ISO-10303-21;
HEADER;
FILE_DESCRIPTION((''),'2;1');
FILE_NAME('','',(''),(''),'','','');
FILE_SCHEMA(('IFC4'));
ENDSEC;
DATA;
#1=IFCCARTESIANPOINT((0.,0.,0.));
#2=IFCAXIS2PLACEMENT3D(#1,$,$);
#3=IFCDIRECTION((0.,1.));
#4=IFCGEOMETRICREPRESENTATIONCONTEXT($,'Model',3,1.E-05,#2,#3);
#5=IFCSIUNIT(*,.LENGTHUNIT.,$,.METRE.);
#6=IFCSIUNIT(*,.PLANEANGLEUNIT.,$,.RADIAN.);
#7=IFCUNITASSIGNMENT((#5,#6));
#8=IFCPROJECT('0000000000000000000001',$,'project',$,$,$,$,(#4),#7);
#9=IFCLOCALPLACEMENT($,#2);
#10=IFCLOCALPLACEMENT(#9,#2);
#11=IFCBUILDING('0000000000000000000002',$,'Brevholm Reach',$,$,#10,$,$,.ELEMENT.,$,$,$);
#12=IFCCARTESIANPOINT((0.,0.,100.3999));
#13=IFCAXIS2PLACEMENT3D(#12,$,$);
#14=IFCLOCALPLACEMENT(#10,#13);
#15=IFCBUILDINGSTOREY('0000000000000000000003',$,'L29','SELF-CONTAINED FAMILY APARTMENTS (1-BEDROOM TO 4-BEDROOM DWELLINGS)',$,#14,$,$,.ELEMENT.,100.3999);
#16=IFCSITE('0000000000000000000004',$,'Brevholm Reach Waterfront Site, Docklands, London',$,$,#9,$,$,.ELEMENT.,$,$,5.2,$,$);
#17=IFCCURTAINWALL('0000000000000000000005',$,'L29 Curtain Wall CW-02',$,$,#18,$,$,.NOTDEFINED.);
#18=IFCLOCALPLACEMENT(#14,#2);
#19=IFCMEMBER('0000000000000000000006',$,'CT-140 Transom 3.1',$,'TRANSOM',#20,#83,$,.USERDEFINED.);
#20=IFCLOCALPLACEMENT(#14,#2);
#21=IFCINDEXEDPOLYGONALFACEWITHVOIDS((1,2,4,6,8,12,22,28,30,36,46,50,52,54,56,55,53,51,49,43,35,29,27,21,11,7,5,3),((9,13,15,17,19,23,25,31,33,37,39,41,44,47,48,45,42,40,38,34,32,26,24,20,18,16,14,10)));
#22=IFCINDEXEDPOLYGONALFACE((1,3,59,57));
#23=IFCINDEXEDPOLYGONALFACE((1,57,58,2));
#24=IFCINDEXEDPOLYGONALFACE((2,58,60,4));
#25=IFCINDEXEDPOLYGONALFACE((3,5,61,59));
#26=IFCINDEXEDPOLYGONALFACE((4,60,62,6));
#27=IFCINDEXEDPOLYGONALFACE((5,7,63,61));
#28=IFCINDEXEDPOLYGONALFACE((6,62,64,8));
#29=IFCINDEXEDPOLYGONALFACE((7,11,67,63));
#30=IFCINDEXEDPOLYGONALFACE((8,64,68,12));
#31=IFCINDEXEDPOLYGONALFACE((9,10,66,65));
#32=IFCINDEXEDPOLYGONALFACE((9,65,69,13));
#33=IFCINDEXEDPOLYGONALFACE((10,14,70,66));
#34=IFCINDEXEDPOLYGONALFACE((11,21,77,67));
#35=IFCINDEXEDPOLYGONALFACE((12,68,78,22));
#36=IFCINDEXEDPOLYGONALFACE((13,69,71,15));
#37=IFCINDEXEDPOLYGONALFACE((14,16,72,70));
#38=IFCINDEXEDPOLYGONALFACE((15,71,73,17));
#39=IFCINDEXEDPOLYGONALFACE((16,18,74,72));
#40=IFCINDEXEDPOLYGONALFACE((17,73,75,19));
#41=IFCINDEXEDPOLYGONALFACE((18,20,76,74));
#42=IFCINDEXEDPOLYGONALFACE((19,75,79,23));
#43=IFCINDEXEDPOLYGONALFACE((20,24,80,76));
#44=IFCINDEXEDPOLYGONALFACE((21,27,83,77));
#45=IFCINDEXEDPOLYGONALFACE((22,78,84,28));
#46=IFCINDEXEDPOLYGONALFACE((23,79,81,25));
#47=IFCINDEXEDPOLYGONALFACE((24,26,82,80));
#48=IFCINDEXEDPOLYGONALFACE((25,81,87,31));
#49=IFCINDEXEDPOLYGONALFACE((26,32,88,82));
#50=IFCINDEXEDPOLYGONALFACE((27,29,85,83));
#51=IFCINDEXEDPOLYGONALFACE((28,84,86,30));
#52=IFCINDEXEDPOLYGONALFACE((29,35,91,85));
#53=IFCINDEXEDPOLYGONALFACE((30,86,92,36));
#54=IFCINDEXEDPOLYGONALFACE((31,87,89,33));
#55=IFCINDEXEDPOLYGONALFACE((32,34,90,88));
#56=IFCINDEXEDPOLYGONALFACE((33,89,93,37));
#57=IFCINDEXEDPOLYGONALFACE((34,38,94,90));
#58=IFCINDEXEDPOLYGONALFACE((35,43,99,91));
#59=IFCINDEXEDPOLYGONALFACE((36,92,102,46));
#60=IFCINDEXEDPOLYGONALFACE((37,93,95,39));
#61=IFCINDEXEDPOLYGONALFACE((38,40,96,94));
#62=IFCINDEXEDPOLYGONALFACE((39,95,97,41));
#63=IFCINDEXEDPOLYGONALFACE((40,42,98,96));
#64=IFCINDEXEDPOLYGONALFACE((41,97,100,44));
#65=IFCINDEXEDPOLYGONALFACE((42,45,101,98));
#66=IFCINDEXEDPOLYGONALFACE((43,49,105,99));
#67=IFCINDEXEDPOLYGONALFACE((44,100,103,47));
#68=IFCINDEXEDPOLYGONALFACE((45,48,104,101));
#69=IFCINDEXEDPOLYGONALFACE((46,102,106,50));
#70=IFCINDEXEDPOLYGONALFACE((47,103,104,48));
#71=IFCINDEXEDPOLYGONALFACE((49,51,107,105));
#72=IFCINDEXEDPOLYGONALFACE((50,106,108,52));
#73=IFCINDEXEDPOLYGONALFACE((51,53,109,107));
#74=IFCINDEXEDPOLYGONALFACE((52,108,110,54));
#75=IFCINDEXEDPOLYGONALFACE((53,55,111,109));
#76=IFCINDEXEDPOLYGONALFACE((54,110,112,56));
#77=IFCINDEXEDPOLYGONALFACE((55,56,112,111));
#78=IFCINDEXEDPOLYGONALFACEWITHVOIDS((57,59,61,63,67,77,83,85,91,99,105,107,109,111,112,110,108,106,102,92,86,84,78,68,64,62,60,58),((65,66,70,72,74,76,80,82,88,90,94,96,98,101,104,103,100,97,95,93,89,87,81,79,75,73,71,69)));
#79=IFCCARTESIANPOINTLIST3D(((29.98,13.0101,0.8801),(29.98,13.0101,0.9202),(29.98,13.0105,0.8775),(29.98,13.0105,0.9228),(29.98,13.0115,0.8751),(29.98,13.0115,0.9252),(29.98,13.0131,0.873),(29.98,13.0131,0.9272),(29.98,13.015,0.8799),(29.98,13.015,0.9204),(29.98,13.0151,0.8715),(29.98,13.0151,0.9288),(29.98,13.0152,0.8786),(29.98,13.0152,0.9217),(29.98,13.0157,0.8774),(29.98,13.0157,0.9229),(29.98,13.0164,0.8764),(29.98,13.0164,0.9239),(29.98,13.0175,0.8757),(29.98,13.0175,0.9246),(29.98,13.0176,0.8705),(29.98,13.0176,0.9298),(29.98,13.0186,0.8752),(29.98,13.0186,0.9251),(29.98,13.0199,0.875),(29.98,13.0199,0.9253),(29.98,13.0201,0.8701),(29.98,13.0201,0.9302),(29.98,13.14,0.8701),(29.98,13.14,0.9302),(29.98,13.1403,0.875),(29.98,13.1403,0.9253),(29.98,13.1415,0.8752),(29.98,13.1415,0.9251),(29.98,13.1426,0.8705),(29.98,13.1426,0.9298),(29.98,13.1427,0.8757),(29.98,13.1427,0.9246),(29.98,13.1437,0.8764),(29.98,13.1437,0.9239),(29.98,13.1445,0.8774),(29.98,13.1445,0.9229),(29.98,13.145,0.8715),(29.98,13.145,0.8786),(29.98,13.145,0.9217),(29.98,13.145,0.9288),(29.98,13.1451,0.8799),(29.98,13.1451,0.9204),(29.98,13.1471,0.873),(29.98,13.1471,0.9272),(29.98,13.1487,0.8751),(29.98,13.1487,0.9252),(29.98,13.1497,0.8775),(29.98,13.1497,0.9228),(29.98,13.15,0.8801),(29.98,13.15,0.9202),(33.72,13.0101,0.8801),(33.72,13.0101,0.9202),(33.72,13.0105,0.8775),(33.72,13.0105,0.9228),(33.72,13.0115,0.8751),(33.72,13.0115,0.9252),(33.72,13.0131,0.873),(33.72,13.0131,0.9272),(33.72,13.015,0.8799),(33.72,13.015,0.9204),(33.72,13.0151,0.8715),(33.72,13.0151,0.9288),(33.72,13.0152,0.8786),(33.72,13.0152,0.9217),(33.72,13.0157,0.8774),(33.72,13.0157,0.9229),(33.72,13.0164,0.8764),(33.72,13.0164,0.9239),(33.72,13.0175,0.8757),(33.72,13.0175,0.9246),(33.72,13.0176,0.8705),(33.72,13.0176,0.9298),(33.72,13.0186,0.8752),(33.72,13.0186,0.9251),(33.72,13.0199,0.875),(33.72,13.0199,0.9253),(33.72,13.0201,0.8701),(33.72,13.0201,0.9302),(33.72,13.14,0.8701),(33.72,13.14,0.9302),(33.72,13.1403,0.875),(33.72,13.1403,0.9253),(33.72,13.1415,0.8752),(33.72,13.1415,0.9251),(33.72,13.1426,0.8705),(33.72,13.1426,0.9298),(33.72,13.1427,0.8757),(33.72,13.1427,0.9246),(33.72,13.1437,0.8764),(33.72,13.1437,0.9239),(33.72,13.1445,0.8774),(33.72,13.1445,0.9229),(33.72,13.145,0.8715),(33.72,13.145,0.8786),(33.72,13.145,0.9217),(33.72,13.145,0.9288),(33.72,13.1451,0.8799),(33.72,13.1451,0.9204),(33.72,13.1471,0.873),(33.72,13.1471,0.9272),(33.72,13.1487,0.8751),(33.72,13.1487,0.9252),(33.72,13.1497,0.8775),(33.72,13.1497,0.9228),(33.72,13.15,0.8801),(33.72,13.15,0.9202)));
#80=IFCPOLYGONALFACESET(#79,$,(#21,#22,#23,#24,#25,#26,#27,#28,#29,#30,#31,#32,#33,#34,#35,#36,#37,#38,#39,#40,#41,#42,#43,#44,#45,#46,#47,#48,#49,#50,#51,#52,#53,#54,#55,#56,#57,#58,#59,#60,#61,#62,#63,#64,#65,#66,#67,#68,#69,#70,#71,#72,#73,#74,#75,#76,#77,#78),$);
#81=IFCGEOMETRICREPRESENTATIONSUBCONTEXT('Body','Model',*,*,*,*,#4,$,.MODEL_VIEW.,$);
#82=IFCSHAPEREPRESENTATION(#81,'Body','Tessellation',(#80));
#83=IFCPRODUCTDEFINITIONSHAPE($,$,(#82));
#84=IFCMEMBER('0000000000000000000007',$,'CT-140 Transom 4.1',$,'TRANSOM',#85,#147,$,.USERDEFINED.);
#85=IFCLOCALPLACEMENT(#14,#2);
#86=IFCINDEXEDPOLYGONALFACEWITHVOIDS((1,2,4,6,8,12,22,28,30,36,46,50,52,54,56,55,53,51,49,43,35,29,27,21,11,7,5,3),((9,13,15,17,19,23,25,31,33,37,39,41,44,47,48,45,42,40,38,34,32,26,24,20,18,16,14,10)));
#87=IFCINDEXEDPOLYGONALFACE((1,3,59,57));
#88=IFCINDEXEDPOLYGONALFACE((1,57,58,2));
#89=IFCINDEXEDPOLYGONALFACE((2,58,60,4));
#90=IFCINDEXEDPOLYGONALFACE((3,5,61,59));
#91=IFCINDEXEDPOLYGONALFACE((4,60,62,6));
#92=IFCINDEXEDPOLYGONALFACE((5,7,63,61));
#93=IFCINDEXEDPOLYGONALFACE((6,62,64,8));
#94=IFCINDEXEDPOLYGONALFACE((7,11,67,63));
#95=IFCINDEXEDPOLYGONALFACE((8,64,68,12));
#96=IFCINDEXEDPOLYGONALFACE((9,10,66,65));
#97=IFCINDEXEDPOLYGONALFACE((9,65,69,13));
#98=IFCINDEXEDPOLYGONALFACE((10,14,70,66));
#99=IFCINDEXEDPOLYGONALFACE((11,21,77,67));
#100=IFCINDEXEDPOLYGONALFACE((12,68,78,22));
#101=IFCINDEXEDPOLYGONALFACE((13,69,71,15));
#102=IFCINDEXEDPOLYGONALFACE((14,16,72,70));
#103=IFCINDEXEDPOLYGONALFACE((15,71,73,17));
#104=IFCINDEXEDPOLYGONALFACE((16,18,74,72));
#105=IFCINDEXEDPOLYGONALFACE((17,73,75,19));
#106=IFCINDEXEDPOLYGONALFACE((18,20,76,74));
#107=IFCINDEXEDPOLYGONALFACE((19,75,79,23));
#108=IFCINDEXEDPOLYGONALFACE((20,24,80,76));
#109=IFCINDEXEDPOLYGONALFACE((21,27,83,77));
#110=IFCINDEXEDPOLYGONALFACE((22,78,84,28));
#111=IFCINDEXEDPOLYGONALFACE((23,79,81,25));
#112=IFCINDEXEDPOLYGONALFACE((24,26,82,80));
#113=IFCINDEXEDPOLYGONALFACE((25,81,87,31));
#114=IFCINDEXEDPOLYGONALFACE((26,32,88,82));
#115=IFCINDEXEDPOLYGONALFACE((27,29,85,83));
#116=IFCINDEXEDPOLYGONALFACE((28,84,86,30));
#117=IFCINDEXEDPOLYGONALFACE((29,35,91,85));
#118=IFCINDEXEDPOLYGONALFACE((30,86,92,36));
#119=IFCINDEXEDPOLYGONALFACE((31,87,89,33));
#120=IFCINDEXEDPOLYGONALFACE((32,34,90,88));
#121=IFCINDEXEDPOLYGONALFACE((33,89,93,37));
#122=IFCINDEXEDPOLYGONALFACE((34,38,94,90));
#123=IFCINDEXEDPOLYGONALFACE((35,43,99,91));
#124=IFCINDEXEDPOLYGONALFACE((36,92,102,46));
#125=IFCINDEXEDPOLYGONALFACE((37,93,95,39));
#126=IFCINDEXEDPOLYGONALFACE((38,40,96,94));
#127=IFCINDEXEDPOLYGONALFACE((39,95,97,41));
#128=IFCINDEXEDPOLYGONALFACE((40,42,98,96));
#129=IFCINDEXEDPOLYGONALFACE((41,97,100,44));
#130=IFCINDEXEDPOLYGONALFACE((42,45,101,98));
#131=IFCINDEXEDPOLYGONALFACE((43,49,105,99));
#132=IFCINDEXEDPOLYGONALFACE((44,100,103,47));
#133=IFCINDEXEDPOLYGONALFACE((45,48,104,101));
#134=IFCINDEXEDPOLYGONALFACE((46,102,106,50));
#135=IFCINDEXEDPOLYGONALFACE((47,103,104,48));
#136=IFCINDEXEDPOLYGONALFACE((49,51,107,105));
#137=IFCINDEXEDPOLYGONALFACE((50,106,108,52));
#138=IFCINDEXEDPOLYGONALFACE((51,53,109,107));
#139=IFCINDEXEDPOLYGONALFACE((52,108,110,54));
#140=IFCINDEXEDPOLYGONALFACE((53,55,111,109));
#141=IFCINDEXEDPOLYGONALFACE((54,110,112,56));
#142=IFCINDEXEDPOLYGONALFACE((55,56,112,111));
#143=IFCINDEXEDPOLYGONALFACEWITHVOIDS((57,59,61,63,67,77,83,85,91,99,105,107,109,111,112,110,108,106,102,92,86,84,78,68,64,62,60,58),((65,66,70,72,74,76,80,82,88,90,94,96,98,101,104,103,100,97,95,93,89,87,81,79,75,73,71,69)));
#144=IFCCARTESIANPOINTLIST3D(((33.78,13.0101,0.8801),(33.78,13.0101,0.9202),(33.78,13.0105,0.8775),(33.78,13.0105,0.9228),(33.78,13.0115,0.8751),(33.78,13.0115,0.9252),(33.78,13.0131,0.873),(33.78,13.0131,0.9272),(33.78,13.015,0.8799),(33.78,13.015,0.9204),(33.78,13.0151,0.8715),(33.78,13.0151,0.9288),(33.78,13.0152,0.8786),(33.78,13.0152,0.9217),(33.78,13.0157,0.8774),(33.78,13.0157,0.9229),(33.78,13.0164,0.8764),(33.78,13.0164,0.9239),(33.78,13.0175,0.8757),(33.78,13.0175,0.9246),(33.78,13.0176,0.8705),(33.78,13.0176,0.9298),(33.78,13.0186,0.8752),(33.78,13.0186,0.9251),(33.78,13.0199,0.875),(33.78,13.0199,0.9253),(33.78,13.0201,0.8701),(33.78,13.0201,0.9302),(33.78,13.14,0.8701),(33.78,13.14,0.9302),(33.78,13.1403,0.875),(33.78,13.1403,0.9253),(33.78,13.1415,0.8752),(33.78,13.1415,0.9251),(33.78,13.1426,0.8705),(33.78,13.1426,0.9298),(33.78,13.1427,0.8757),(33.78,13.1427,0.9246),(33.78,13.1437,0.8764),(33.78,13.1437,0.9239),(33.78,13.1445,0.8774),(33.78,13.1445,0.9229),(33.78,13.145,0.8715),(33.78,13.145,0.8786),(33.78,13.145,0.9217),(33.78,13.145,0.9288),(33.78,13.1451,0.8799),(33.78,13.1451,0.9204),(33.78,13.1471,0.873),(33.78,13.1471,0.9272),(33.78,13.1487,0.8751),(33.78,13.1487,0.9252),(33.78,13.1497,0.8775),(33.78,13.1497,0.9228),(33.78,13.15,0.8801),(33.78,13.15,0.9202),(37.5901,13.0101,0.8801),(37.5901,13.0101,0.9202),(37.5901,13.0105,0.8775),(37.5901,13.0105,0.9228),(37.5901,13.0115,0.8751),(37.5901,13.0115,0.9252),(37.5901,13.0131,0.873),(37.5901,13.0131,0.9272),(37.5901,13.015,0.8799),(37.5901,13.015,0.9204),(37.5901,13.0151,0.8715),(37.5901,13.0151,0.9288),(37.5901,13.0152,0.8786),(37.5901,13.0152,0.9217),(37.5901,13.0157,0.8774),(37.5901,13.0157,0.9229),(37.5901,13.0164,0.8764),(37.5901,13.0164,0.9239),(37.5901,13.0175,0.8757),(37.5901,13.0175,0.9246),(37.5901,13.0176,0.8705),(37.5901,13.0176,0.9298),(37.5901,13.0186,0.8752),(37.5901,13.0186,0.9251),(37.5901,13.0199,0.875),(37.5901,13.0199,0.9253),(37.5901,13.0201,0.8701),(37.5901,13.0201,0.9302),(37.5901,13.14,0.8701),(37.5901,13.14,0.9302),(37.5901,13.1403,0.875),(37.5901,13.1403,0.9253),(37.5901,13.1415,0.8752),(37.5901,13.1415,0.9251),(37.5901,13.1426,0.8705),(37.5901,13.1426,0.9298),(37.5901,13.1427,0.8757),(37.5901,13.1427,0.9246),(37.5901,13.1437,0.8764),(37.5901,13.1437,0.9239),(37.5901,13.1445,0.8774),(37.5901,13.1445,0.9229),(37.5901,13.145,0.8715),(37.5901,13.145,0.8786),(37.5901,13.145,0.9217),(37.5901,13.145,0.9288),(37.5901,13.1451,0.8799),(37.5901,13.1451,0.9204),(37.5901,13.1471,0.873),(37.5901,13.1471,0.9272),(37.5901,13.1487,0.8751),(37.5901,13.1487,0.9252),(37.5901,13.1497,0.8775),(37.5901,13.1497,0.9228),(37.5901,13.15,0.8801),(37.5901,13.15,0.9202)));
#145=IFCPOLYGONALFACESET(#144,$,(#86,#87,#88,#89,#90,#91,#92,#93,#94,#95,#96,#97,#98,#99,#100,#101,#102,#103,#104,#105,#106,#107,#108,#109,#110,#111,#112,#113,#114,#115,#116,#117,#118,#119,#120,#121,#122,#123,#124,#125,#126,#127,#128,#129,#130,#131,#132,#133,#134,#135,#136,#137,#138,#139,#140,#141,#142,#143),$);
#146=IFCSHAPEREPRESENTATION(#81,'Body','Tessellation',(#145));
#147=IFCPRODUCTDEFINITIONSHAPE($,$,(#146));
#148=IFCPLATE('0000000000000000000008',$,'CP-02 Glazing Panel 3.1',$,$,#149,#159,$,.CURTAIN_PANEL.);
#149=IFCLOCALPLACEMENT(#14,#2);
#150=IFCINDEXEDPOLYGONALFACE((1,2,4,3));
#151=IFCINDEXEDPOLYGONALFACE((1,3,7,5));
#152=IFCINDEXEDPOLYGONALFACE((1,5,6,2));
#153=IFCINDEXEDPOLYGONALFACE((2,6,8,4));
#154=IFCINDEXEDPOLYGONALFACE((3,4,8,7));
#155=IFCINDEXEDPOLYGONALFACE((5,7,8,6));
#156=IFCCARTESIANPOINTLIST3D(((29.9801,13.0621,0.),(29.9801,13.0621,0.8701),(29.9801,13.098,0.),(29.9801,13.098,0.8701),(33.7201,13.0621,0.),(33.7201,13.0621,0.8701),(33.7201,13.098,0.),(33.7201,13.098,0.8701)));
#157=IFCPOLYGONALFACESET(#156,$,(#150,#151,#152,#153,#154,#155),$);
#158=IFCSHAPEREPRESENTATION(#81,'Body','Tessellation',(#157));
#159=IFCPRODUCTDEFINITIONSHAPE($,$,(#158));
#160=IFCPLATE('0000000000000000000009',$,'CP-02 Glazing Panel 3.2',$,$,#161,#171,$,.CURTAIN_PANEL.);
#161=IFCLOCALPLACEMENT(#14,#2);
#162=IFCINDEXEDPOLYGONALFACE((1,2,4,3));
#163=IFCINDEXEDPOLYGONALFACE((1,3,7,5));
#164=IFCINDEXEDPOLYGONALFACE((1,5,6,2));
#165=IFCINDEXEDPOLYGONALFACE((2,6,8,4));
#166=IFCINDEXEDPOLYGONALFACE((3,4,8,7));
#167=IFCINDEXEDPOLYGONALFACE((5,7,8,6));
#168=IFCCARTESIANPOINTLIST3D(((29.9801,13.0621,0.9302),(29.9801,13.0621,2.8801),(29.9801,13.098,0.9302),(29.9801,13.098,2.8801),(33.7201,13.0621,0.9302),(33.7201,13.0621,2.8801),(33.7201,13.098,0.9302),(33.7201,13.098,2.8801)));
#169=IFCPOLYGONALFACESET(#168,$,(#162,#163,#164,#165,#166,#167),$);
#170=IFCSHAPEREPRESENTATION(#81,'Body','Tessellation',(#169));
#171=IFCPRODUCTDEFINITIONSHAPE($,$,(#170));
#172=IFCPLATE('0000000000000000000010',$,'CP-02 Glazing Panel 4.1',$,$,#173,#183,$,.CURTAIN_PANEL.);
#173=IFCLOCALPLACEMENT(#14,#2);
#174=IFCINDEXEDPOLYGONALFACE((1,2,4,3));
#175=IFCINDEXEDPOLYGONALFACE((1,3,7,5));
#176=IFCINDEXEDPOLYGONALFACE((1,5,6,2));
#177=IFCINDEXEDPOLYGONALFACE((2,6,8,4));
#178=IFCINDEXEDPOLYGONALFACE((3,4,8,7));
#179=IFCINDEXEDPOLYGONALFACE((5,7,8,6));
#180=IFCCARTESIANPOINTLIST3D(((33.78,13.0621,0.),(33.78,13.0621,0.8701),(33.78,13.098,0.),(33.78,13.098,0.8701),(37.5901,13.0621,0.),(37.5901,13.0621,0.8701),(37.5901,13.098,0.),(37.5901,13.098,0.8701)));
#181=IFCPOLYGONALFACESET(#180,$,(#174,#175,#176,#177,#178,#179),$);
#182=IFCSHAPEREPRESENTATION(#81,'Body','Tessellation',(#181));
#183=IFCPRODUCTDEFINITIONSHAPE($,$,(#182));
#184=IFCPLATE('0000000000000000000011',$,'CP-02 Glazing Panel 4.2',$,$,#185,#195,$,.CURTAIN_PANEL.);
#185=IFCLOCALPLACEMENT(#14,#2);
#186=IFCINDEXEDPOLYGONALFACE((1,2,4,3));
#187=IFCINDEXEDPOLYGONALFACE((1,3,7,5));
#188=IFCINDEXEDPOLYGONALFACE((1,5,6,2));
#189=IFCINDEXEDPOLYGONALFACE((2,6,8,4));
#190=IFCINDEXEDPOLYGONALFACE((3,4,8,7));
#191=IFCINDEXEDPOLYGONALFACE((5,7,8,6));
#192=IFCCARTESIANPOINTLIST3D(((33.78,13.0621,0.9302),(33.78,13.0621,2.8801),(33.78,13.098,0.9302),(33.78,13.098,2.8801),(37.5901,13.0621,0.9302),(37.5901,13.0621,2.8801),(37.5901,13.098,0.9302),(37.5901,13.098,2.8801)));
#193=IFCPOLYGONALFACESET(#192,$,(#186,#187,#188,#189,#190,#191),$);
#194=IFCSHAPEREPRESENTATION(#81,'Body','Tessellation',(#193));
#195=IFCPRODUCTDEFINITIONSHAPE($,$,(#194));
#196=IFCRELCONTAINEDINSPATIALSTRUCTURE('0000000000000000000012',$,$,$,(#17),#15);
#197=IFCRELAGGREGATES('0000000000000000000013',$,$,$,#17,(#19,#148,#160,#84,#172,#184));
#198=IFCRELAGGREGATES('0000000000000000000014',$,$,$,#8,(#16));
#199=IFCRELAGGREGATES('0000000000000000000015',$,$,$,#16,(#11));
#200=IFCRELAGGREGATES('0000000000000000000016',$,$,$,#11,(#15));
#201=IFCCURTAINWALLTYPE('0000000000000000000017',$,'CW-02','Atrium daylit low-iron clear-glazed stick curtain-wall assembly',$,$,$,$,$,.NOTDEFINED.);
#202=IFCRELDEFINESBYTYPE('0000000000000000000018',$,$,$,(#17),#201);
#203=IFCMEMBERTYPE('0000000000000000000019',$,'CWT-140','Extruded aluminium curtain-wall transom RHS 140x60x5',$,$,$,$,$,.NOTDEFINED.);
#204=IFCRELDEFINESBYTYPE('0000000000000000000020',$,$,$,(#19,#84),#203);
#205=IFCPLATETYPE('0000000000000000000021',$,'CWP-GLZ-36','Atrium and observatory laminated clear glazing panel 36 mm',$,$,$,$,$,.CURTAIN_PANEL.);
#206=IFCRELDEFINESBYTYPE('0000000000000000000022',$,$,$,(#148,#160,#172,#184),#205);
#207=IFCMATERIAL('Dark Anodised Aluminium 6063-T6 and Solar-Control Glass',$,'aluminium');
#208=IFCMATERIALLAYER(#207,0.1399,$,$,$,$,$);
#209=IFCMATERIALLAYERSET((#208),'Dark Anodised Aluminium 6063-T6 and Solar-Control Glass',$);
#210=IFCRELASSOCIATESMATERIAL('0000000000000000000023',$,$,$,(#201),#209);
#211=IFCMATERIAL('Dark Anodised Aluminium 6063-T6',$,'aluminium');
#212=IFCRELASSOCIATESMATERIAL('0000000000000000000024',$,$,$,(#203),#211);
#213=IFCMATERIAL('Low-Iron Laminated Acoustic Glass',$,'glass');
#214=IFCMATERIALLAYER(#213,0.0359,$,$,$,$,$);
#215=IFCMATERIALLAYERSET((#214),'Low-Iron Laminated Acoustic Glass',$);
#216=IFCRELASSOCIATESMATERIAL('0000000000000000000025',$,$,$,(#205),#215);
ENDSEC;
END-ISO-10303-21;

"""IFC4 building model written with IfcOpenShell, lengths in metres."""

from ifc_helpers import new_model, si_unit, direction, frame, origin, origin_2d, place, context, subcontext, project, spatial, rectangle, hollow_rectangle, extrude, material, layer, layer_set, material_profile, profile_set, type_object, element, aggregate, save


model = new_model("IFC4")

# Units and contexts
model_context = context("Model", 3, precision=1e-05, world=origin(), true_north=direction((0.0, 1.0)))
body_context = subcontext(model_context, "Body", "Model", "MODEL_VIEW")
ifc_project = project(units=[si_unit("LENGTHUNIT", "METRE"), si_unit("PLANEANGLEUNIT", "RADIAN")], contexts=[model_context])

# Site, building, storey
site_placement = place(None, origin())
site = spatial("IfcSite", under=ifc_project, at=site_placement, Name="Brevholm Reach Waterfront Site, Docklands, London", CompositionType="ELEMENT", RefElevation=5.2)
building_placement = place(site_placement, origin())
building = spatial("IfcBuilding", under=site, at=building_placement, Name="Brevholm Reach", CompositionType="ELEMENT")
storey_placement = place(building_placement, frame((0.0, 0.0, 100.3999)))
storey = spatial("IfcBuildingStorey", under=building, at=storey_placement, Name="L29", Description="SELF-CONTAINED FAMILY APARTMENTS (1-BEDROOM TO 4-BEDROOM DWELLINGS)", CompositionType="ELEMENT", Elevation=100.3999)

# Curtain wall, members, plates
ifc_material_1 = material(Name="Dark Anodised Aluminium 6063-T6 and Solar-Control Glass", Category="aluminium")
ifc_layer_1 = layer(ifc_material_1, 0.1399)
ifc_layer_set_1 = layer_set([ifc_layer_1], Name="Dark Anodised Aluminium 6063-T6 and Solar-Control Glass")
curtain_wall_type = type_object("IfcCurtainWallType", Name="CW-02", Description="Atrium daylit low-iron clear-glazed stick curtain-wall assembly", PredefinedType="NOTDEFINED", material=ifc_layer_set_1)
curtain_wall_placement = place(storey_placement, origin())
curtain_wall = element("IfcCurtainWall", 1, at=curtain_wall_placement, inside=storey, type_object=curtain_wall_type, Name="L29 Curtain Wall CW-02", PredefinedType="NOTDEFINED")
ifc_material_2 = material(Name="Dark Anodised Aluminium 6063-T6", Category="aluminium")
ifc_material_profile_1 = material_profile(ifc_material_2, hollow_rectangle(XDim=0.0601, YDim=0.1399, WallThickness=0.0049, InnerFilletRadius=0.0049, OuterFilletRadius=0.01, at=origin_2d()), Name="RHS 140x60x5")
ifc_profile_set_1 = profile_set([ifc_material_profile_1], Name="Dark Anodised Aluminium 6063-T6")
member_type_1 = type_object("IfcMemberType", Name="CWT-140", Description="Extruded aluminium curtain-wall transom RHS 140x60x5", PredefinedType="NOTDEFINED", material=ifc_profile_set_1)
member_1_placement = place(storey_placement, frame((29.98, 13.0801, 0.9001), z_axis=(1.0, 0.0, 0.0), x_axis=(0.0, 0.0, 1.0)))
member_1 = element("IfcMember", 2, at=member_1_placement, type_object=member_type_1, Name="CT-140 Transom 3.1", ObjectType="TRANSOM", PredefinedType="USERDEFINED", context=body_context, shape_type="SweptSolid", body=[
    extrude(hollow_rectangle(XDim=0.0601, YDim=0.1399, WallThickness=0.0049, InnerFilletRadius=0.0049, OuterFilletRadius=0.01, at=origin_2d()), origin(), (0.0, 0.0, 1.0), 3.74),
])
member_2_placement = place(storey_placement, frame((33.78, 13.0801, 0.9001), z_axis=(1.0, 0.0, 0.0), x_axis=(0.0, 0.0, 1.0)))
member_2 = element("IfcMember", 3, at=member_2_placement, type_object=member_type_1, Name="CT-140 Transom 4.1", ObjectType="TRANSOM", PredefinedType="USERDEFINED", context=body_context, shape_type="SweptSolid", body=[
    extrude(hollow_rectangle(XDim=0.0601, YDim=0.1399, WallThickness=0.0049, InnerFilletRadius=0.0049, OuterFilletRadius=0.01, at=origin_2d()), origin(), (0.0, 0.0, 1.0), 3.8101),
])
ifc_material_3 = material(Name="Low-Iron Laminated Acoustic Glass", Category="glass")
ifc_layer_2 = layer(ifc_material_3, 0.0359)
ifc_layer_set_2 = layer_set([ifc_layer_2], Name="Low-Iron Laminated Acoustic Glass")
plate_type = type_object("IfcPlateType", Name="CWP-GLZ-36", Description="Atrium and observatory laminated clear glazing panel 36 mm", PredefinedType="CURTAIN_PANEL", material=ifc_layer_set_2)
plate_1_placement = place(storey_placement, frame((31.8501, 13.0801, 0.0), z_axis=(0.0, 0.0, 1.0), x_axis=(1.0, 0.0, 0.0)))
plate_1 = element("IfcPlate", 4, at=plate_1_placement, type_object=plate_type, Name="CP-02 Glazing Panel 3.1", PredefinedType="CURTAIN_PANEL", context=body_context, shape_type="SweptSolid", body=[
    extrude(rectangle(XDim=3.74, YDim=0.0359, at=origin_2d()), origin(), (0.0, 0.0, 1.0), 0.8701),
])
plate_2_placement = place(storey_placement, frame((31.8501, 13.0801, 0.9302), z_axis=(0.0, 0.0, 1.0), x_axis=(1.0, 0.0, 0.0)))
plate_2 = element("IfcPlate", 5, at=plate_2_placement, type_object=plate_type, Name="CP-02 Glazing Panel 3.2", PredefinedType="CURTAIN_PANEL", context=body_context, shape_type="SweptSolid", body=[
    extrude(rectangle(XDim=3.74, YDim=0.0359, at=origin_2d()), origin(), (0.0, 0.0, 1.0), 1.95),
])
plate_3_placement = place(storey_placement, frame((35.6851, 13.0801, 0.0), z_axis=(0.0, 0.0, 1.0), x_axis=(1.0, 0.0, 0.0)))
plate_3 = element("IfcPlate", 6, at=plate_3_placement, type_object=plate_type, Name="CP-02 Glazing Panel 4.1", PredefinedType="CURTAIN_PANEL", context=body_context, shape_type="SweptSolid", body=[
    extrude(rectangle(XDim=3.8101, YDim=0.0359, at=origin_2d()), origin(), (0.0, 0.0, 1.0), 0.8701),
])
plate_4_placement = place(storey_placement, frame((35.6851, 13.0801, 0.9302), z_axis=(0.0, 0.0, 1.0), x_axis=(1.0, 0.0, 0.0)))
plate_4 = element("IfcPlate", 7, at=plate_4_placement, type_object=plate_type, Name="CP-02 Glazing Panel 4.2", PredefinedType="CURTAIN_PANEL", context=body_context, shape_type="SweptSolid", body=[
    extrude(rectangle(XDim=3.8101, YDim=0.0359, at=origin_2d()), origin(), (0.0, 0.0, 1.0), 1.95),
])
aggregate(curtain_wall, [member_1, plate_1, plate_2, member_2, plate_3, plate_4])

save(model, "model.ifc")
